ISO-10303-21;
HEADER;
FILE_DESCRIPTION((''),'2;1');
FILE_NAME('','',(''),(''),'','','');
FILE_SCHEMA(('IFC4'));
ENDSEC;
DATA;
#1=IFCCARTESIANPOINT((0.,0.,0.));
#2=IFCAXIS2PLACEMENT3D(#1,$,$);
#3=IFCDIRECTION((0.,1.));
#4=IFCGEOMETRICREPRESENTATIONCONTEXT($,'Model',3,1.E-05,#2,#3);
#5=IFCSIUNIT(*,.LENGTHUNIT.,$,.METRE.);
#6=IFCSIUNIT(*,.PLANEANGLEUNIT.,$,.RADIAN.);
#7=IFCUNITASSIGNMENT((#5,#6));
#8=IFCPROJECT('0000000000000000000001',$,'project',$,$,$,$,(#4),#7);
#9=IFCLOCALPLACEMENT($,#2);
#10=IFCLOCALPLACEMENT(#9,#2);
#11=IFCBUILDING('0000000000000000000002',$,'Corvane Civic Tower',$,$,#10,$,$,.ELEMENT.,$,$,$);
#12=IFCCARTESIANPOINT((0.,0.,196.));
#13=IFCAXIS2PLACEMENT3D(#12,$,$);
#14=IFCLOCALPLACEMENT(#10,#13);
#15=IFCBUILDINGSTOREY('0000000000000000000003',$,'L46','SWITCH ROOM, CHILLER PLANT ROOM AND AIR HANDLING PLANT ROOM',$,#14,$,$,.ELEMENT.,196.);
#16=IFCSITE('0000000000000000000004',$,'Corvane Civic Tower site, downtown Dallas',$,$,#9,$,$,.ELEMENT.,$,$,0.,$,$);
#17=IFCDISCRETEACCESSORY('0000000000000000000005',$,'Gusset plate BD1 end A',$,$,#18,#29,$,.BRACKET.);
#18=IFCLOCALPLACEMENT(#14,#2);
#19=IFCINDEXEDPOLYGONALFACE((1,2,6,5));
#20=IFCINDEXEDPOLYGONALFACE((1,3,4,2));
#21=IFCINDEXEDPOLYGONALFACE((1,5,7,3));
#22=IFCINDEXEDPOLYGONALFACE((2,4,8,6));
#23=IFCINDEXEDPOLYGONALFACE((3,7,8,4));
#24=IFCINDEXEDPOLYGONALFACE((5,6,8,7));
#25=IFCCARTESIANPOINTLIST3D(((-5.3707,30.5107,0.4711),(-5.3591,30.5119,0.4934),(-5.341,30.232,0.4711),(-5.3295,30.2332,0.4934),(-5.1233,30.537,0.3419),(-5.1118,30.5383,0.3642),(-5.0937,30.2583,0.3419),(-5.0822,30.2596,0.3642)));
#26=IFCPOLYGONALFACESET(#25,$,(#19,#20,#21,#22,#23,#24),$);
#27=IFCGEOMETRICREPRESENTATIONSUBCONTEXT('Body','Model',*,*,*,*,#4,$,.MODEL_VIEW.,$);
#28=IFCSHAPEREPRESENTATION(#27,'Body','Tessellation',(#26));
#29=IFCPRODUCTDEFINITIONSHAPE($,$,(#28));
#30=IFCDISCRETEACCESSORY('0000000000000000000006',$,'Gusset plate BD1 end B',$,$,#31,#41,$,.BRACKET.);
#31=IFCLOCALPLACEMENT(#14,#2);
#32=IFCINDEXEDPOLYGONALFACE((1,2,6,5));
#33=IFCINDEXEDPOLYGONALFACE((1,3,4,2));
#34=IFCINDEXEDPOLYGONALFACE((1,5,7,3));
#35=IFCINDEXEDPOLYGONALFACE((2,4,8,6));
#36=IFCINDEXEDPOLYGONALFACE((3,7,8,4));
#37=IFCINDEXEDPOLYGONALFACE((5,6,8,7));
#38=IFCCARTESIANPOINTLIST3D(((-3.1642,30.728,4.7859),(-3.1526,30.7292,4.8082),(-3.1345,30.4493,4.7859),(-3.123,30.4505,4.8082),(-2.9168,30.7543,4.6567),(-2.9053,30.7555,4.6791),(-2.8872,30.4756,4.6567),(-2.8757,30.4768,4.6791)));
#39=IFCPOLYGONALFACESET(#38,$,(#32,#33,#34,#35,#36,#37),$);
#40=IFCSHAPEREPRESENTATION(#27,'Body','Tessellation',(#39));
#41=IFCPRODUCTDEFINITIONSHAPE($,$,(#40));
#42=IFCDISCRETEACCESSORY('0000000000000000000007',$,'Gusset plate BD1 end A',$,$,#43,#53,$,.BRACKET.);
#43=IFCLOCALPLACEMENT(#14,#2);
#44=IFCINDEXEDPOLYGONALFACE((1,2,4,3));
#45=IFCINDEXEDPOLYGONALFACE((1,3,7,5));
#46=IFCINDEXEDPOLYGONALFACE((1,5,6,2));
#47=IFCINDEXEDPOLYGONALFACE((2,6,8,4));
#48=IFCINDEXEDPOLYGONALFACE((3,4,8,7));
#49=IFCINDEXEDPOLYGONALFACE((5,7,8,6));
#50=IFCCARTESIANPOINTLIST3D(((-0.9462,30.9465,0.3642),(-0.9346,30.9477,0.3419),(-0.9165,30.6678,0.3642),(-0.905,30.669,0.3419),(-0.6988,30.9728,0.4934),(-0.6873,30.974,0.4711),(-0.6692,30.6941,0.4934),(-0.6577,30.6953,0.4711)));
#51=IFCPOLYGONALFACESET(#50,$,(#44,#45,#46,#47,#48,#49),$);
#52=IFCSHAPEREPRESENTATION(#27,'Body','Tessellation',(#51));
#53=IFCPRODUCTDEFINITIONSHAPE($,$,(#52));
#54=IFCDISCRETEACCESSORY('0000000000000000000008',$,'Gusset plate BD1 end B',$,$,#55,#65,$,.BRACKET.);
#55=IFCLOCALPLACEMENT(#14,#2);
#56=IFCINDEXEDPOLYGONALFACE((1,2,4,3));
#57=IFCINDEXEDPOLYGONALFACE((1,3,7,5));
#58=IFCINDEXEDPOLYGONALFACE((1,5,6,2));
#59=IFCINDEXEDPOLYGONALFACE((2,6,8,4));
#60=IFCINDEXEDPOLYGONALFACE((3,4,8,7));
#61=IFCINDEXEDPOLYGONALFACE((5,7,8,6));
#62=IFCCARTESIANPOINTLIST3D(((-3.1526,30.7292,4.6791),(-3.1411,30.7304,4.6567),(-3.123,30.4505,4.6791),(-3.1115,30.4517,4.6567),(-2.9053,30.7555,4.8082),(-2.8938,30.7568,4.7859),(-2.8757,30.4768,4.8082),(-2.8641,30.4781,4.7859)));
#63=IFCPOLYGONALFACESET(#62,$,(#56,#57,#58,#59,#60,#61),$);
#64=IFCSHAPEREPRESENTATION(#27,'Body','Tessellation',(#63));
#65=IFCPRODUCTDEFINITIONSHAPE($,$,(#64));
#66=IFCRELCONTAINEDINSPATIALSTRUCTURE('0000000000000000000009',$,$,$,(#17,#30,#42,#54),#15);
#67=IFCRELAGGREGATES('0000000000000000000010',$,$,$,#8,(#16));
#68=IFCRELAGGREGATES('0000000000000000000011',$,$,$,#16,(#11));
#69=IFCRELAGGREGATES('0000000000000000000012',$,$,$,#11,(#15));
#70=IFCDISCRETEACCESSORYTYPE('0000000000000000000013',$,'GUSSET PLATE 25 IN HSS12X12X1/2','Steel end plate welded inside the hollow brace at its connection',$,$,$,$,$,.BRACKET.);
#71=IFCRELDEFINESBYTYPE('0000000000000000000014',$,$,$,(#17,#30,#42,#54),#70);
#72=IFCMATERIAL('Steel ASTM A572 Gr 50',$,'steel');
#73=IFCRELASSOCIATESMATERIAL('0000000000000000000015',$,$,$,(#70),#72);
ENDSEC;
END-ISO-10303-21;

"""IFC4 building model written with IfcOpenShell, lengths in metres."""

from ifc_helpers import new_model, si_unit, direction, frame, origin, origin_2d, place, context, subcontext, project, spatial, rectangle, extrude, material, material_profile, profile_set, type_object, element, save


model = new_model("IFC4")

# Units and contexts
model_context = context("Model", 3, precision=1e-05, world=origin(), true_north=direction((0.0, 1.0)))
body_context = subcontext(model_context, "Body", "Model", "MODEL_VIEW")
ifc_project = project(units=[si_unit("LENGTHUNIT", "METRE"), si_unit("PLANEANGLEUNIT", "RADIAN")], contexts=[model_context])

# Site, building, storey
site_placement = place(None, origin())
site = spatial("IfcSite", under=ifc_project, at=site_placement, Name="Corvane Civic Tower site, downtown Dallas", CompositionType="ELEMENT", RefElevation=0.0)
building_placement = place(site_placement, origin())
building = spatial("IfcBuilding", under=site, at=building_placement, Name="Corvane Civic Tower", CompositionType="ELEMENT")
storey_placement = place(building_placement, frame((0.0, 0.0, 196.0)))
storey = spatial("IfcBuildingStorey", under=building, at=storey_placement, Name="L46", Description="SWITCH ROOM, CHILLER PLANT ROOM AND AIR HANDLING PLANT ROOM", CompositionType="ELEMENT", Elevation=196.0)

# Discrete accessories
ifc_material_1 = material(Name="Steel ASTM A572 Gr 50", Category="steel")
ifc_material_profile_1 = material_profile(ifc_material_1, rectangle(XDim=0.2803, YDim=0.2803, at=origin_2d()), Name="GUSSET PLATE 25 IN HSS12X12X1/2")
ifc_profile_set_1 = profile_set([ifc_material_profile_1], Name="Steel ASTM A572 Gr 50")
discrete_accessory_type = type_object("IfcDiscreteAccessoryType", Name="GUSSET PLATE 25 IN HSS12X12X1/2", Description="Steel end plate welded inside the hollow brace at its connection", PredefinedType="BRACKET", material=ifc_profile_set_1)
for number, where, z_axis, x_axis, name in (
    (1, (-5.2322, 30.3845, 0.4065), (0.458346, 0.04876, 0.887435), (-0.105786, 0.994389, 0.0), "Gusset plate BD1 end A"),
    (2, (-3.0142, 30.603, 4.7437), (-0.458346, -0.04876, -0.887435), (0.105786, -0.994389, 0.0), "Gusset plate BD1 end B"),
    (3, (-0.7961, 30.8215, 0.4065), (-0.458346, -0.04876, 0.887435), (0.105786, -0.994389, 0.0), "Gusset plate BD1 end A"),
    (4, (-3.0142, 30.603, 4.7437), (0.458346, 0.04876, -0.887435), (-0.105786, 0.994389, 0.0), "Gusset plate BD1 end B"),
):
    element("IfcDiscreteAccessory", number, at=place(storey_placement, frame(where, z_axis=z_axis, x_axis=x_axis)), inside=storey, type_object=discrete_accessory_type, Name=name, PredefinedType="BRACKET", context=body_context, shape_type="SweptSolid", body=[
        extrude(rectangle(XDim=0.2803, YDim=0.2803, at=origin_2d()), origin(), (0.0, 0.0, 1.0), 0.0251),
    ])

save(model, "model.ifc")
